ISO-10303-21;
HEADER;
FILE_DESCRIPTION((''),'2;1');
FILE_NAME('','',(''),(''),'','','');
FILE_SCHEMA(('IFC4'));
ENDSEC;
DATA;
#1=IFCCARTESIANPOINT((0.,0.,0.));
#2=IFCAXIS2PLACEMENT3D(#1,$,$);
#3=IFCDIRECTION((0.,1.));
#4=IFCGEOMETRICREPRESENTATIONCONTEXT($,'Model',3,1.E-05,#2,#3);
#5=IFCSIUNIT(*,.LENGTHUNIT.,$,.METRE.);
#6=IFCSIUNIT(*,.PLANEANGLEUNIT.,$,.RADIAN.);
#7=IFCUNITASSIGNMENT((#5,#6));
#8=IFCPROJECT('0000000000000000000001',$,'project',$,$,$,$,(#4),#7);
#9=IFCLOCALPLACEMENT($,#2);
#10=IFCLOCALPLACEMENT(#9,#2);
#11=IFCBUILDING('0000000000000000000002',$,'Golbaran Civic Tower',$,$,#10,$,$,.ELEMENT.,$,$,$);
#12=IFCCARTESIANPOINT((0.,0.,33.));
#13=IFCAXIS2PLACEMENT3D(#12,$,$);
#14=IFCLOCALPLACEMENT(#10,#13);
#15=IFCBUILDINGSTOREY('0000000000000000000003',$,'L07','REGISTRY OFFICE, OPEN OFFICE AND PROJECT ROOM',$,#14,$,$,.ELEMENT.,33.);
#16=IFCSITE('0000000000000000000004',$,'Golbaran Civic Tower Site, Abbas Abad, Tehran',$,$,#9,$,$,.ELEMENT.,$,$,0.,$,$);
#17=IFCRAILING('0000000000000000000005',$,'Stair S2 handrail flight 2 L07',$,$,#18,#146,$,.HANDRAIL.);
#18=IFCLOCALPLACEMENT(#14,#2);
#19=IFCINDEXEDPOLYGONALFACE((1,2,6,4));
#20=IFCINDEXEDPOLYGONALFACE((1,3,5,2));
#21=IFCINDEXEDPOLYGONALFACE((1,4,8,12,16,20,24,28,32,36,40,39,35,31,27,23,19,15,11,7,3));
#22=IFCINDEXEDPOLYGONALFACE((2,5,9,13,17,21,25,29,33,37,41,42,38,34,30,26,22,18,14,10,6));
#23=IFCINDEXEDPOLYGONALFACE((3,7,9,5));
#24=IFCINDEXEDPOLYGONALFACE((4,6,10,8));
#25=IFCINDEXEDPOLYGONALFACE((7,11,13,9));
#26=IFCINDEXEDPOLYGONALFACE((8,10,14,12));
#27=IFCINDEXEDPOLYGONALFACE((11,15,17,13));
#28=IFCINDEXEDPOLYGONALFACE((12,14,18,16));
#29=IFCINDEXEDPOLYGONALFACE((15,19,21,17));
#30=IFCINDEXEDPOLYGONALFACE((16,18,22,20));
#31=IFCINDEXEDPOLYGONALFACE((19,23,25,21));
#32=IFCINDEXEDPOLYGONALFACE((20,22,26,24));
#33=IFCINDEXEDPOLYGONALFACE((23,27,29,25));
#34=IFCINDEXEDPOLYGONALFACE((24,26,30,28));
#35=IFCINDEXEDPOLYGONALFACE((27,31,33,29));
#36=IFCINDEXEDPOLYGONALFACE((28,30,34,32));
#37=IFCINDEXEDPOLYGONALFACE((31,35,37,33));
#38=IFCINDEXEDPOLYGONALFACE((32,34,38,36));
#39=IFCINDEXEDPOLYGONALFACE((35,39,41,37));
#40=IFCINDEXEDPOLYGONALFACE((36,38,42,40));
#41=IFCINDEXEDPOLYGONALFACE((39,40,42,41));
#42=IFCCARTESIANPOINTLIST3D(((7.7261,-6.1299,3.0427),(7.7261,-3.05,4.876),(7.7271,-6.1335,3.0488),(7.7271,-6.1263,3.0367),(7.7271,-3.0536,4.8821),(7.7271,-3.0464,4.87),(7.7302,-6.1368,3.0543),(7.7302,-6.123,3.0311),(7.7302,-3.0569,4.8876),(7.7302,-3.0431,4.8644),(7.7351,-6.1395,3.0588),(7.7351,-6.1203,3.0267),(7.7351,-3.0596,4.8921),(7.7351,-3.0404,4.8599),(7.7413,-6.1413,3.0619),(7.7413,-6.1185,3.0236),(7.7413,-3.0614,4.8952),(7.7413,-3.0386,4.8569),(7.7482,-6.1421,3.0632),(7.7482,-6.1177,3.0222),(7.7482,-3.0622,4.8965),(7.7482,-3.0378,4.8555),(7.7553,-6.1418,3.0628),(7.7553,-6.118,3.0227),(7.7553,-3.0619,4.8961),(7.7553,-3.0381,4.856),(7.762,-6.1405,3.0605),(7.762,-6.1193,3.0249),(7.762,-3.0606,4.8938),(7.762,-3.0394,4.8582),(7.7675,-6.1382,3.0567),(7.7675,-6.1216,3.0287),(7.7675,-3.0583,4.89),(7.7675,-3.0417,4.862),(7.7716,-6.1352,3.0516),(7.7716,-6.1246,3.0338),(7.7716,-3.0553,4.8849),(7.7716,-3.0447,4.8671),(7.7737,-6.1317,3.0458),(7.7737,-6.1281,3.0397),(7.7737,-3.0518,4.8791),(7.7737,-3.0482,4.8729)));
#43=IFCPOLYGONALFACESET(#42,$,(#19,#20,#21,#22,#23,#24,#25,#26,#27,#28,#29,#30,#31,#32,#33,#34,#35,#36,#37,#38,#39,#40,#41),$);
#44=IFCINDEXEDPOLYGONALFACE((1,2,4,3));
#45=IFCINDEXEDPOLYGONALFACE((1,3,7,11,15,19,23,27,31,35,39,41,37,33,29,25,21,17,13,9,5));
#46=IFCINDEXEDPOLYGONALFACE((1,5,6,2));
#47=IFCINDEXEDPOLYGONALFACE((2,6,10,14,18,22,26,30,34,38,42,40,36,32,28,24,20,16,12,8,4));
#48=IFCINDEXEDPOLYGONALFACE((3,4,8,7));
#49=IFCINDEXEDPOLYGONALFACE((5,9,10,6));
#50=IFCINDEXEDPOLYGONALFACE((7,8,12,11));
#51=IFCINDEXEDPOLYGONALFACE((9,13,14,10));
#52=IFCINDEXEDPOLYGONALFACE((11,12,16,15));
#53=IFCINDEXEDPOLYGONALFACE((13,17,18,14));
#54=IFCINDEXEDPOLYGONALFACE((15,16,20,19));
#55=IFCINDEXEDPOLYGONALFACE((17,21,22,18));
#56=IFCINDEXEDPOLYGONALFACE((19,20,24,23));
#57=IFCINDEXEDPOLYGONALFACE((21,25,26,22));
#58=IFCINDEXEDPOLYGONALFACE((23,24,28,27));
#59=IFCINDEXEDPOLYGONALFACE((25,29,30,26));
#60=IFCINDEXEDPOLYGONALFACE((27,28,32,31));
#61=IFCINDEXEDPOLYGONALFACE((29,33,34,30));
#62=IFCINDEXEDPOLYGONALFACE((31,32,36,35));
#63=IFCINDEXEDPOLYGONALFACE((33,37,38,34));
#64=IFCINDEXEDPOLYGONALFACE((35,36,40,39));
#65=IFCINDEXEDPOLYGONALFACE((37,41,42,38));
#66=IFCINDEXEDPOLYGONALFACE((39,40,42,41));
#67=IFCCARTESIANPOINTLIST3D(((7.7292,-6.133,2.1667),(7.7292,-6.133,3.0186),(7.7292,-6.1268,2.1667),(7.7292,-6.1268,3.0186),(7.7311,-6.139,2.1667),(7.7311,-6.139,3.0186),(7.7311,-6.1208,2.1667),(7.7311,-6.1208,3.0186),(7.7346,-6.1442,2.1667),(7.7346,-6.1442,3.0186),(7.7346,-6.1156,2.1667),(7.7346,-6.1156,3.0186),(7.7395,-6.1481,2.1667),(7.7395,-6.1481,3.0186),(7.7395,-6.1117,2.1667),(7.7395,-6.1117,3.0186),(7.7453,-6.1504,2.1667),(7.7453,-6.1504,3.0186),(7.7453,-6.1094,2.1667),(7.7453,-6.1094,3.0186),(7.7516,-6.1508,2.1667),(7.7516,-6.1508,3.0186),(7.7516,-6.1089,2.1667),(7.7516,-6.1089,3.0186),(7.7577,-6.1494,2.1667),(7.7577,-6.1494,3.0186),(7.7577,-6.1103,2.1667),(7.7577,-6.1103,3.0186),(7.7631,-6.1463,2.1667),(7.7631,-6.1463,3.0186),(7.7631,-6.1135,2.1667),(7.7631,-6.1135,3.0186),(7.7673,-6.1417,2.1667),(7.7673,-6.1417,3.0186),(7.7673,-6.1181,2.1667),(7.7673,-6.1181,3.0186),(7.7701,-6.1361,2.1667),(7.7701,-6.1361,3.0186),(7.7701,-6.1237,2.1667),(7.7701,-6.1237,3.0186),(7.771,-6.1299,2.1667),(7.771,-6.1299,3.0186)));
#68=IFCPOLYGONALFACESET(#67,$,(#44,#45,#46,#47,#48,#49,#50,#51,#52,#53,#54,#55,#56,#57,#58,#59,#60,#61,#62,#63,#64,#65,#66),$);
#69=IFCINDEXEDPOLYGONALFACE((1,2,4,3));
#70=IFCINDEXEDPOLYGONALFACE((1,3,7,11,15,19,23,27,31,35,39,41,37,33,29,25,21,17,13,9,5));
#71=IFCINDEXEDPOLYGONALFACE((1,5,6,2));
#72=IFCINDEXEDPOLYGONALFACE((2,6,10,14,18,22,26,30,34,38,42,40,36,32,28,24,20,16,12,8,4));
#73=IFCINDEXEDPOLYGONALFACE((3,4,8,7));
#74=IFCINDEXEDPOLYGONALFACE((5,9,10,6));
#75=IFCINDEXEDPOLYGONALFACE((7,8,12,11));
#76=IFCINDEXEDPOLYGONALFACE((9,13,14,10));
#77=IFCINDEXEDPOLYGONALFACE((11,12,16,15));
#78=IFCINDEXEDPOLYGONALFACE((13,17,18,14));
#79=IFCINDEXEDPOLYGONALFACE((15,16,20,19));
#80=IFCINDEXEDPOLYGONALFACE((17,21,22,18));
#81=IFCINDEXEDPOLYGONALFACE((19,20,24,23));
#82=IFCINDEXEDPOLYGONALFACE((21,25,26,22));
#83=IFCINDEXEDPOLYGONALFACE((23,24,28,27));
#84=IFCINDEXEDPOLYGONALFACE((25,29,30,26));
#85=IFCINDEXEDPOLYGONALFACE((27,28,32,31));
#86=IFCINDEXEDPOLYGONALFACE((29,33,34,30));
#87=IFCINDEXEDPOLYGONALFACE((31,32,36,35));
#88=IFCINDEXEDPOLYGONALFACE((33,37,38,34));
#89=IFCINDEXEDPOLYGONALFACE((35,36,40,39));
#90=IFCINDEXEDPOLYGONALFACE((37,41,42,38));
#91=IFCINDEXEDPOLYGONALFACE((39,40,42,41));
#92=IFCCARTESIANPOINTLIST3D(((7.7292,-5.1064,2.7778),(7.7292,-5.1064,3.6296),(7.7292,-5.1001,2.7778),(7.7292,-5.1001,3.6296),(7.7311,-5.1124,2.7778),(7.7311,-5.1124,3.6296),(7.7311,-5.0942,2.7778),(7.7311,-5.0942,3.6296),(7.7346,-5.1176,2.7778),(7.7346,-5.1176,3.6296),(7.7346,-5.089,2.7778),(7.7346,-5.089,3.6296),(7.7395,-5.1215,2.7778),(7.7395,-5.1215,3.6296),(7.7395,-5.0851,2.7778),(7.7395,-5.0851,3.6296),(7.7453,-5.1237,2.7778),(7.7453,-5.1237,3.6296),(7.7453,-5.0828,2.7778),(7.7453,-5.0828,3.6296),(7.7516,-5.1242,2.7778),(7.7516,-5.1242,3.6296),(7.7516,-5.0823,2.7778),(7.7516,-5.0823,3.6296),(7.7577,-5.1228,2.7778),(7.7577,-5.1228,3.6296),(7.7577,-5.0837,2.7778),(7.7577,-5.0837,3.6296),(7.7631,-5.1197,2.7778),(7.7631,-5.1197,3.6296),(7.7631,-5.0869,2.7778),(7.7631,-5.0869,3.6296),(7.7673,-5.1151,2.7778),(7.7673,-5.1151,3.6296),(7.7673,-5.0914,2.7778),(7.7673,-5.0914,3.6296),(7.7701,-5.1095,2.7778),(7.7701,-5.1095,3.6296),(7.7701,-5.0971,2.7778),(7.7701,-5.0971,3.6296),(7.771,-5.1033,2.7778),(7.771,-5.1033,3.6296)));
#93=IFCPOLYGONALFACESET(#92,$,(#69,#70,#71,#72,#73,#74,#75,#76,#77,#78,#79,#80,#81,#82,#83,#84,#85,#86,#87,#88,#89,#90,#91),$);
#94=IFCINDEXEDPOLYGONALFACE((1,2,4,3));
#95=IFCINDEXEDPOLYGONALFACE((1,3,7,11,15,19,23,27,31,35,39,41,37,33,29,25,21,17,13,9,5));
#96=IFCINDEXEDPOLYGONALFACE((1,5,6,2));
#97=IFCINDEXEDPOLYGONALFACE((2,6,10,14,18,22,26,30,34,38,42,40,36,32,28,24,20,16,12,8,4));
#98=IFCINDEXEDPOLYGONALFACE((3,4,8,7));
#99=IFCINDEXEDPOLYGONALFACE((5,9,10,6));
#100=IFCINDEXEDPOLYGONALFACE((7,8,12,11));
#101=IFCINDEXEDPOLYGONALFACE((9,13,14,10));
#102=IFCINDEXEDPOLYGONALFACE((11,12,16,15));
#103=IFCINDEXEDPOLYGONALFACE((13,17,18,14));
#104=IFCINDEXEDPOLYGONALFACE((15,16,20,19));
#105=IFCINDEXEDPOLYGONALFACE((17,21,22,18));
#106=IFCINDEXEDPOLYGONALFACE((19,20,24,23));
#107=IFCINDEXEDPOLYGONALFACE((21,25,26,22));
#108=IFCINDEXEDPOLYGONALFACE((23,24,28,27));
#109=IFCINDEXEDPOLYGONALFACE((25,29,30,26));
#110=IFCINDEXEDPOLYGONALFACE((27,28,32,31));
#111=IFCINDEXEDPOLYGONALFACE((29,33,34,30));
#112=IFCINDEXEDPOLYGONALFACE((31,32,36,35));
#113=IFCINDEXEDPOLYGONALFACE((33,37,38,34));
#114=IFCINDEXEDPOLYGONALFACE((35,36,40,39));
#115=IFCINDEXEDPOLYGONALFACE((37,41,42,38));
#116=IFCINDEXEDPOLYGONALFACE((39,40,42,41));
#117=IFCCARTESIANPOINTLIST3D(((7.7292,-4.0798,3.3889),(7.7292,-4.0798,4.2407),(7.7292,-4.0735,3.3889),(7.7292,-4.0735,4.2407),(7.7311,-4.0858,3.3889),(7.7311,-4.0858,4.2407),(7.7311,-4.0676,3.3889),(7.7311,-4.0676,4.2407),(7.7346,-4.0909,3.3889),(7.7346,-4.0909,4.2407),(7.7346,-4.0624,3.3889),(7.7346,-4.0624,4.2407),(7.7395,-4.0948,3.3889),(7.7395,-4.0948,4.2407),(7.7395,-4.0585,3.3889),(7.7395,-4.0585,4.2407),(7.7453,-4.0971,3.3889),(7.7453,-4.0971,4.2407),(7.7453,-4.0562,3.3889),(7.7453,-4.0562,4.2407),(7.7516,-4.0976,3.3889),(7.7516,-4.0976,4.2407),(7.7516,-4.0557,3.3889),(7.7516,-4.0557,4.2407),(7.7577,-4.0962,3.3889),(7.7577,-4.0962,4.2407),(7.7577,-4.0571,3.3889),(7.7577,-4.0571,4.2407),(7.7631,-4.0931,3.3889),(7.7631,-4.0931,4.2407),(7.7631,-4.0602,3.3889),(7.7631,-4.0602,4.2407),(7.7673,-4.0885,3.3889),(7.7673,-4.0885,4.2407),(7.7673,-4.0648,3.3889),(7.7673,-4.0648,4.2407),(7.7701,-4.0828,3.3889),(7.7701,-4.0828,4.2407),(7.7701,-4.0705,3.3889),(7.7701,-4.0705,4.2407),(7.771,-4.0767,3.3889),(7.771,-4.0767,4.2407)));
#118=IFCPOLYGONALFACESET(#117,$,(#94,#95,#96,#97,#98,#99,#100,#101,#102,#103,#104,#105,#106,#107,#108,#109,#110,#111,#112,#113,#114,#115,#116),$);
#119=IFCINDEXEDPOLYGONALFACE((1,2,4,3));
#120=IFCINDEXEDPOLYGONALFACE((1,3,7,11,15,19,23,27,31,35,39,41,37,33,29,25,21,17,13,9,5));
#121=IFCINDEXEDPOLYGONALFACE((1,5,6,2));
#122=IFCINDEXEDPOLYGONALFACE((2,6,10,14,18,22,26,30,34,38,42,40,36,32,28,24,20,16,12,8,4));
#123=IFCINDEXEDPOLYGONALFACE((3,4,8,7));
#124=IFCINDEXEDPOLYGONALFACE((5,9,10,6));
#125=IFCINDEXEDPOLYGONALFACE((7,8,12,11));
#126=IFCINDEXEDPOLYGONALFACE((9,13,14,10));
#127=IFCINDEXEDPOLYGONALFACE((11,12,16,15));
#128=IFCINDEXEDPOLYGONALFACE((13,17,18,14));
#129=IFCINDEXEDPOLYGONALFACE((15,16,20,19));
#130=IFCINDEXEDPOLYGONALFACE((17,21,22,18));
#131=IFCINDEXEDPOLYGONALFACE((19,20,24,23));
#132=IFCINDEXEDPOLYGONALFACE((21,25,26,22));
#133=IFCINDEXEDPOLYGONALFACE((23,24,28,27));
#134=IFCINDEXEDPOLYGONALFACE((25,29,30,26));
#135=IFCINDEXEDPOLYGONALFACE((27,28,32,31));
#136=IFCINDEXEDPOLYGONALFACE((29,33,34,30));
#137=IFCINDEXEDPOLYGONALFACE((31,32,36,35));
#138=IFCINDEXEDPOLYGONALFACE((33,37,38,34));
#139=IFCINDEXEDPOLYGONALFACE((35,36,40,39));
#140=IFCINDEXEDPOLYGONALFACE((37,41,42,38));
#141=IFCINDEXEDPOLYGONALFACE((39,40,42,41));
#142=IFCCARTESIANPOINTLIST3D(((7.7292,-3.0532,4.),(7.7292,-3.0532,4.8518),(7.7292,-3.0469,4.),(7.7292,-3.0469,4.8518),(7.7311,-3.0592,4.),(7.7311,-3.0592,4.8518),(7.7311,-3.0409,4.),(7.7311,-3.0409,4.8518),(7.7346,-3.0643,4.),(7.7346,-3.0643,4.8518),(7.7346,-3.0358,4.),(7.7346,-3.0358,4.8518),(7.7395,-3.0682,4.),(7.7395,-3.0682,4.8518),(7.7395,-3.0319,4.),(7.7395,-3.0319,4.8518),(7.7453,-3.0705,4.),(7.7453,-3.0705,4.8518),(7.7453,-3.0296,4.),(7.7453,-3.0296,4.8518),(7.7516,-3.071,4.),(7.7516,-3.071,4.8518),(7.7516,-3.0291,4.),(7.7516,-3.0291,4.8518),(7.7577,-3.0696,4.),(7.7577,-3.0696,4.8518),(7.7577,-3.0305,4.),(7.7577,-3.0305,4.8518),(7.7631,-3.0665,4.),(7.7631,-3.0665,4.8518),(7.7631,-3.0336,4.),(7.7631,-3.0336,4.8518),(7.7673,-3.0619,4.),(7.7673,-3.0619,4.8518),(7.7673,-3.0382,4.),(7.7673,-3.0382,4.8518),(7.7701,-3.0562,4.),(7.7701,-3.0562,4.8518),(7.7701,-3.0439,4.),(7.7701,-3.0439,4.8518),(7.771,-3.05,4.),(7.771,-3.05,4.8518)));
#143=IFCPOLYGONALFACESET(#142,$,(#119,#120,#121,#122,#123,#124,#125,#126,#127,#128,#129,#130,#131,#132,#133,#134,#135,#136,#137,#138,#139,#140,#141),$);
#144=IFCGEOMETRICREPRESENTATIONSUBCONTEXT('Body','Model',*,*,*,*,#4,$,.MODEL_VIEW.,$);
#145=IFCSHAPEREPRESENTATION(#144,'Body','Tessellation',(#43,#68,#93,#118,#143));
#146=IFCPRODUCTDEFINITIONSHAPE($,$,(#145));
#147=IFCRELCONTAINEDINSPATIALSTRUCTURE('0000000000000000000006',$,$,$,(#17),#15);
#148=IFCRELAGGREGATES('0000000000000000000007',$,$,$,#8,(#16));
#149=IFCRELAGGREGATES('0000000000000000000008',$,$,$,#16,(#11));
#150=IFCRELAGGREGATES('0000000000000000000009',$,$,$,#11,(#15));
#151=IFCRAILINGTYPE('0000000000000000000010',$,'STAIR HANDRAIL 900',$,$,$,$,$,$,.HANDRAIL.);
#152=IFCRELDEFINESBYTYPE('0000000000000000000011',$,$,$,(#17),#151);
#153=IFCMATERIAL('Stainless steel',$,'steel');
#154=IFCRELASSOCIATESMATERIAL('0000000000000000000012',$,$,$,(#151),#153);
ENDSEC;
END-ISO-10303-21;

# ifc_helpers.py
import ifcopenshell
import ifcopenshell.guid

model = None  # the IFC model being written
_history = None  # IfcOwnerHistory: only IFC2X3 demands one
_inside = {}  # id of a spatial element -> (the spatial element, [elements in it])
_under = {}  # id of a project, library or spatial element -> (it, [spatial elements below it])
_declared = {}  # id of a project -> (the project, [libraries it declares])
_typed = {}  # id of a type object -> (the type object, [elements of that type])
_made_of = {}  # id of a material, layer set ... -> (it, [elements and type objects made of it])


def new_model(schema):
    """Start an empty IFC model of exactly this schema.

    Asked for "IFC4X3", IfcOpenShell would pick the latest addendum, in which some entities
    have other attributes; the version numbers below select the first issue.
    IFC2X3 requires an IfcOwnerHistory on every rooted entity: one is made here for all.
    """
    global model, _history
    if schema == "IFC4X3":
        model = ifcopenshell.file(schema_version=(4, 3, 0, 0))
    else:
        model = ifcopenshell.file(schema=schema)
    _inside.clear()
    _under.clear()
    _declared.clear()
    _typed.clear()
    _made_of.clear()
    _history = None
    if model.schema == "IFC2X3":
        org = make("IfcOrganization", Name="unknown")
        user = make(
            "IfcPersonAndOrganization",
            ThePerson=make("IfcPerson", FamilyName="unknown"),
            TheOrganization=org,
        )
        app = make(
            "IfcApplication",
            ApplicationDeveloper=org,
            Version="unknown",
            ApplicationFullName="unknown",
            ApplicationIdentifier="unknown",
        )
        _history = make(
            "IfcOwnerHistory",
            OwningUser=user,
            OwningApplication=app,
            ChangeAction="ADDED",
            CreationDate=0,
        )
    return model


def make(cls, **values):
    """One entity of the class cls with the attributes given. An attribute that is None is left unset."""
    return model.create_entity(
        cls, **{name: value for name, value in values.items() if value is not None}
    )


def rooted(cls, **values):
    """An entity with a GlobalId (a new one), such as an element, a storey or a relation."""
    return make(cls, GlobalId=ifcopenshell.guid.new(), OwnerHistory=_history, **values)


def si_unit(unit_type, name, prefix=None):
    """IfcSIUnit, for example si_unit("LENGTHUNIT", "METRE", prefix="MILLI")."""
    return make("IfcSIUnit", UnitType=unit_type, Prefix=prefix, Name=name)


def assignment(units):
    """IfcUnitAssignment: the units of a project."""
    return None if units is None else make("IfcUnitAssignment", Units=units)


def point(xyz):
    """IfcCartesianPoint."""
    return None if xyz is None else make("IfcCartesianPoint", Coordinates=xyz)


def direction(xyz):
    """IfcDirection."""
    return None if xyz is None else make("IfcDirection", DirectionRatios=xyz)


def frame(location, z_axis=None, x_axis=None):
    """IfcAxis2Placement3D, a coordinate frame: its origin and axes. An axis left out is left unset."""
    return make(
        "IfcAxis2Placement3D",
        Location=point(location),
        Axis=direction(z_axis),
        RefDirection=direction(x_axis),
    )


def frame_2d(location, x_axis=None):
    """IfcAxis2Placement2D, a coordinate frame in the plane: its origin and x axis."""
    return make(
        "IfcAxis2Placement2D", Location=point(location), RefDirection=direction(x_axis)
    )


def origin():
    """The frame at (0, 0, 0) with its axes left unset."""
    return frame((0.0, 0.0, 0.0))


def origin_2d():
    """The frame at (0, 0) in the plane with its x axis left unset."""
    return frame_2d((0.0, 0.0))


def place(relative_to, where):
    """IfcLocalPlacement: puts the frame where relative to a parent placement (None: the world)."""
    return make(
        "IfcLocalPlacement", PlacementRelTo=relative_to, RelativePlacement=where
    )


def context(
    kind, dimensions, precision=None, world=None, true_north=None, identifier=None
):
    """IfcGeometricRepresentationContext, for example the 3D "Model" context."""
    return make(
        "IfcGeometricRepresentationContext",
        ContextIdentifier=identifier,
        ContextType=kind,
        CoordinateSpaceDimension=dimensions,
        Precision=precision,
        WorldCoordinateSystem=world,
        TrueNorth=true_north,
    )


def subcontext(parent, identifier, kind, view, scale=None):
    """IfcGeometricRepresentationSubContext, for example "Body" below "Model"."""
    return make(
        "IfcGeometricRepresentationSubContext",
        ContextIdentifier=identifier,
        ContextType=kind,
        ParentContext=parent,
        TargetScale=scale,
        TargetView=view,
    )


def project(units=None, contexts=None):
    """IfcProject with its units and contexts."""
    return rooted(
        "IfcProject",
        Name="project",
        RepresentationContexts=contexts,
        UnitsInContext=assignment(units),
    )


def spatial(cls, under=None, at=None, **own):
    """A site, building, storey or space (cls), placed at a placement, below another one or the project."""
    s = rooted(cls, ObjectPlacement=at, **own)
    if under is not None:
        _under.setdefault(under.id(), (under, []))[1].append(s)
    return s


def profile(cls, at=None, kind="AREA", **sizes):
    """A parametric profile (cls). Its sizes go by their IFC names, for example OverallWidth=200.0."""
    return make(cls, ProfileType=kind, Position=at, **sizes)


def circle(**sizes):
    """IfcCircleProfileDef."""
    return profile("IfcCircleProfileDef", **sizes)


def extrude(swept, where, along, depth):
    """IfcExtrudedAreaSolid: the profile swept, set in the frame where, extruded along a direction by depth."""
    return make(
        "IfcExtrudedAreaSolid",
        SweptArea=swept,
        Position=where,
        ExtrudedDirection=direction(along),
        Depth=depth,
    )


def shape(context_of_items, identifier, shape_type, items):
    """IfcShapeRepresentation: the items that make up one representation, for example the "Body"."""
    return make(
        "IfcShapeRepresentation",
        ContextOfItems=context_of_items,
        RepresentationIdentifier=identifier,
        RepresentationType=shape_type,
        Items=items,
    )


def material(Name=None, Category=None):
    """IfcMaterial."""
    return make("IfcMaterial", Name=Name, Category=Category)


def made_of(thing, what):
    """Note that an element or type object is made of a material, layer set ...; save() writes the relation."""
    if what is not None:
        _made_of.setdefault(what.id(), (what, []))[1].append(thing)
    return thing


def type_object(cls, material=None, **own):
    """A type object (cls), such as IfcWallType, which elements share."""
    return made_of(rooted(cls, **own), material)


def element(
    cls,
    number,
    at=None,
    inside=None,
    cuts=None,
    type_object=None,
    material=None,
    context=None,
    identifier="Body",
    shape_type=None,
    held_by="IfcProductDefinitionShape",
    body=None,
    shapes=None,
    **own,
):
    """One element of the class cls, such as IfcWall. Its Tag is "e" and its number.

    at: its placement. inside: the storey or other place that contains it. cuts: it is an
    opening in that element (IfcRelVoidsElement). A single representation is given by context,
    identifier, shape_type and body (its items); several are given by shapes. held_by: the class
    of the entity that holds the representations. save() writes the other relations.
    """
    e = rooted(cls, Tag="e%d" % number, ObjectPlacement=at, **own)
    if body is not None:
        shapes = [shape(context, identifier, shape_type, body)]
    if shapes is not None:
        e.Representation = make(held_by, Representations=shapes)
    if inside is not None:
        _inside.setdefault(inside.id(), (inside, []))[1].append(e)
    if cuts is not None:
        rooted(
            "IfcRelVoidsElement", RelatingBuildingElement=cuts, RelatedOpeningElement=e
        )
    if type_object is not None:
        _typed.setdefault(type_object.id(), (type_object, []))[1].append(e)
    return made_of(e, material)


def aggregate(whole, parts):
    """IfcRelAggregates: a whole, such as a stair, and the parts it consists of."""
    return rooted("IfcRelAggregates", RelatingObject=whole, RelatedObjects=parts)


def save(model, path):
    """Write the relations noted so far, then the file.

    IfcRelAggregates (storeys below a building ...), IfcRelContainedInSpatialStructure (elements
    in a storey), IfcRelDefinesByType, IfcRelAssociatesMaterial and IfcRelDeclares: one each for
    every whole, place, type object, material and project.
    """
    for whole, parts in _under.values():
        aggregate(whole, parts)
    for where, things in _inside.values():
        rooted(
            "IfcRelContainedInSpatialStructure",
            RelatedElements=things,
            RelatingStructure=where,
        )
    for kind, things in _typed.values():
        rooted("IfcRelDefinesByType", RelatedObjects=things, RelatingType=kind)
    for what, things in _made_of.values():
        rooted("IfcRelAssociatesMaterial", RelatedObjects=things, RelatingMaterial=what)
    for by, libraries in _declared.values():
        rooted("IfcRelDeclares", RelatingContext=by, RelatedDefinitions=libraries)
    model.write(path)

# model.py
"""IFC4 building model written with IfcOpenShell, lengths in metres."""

from ifc_helpers import new_model, si_unit, direction, frame, origin, origin_2d, place, context, subcontext, project, spatial, circle, extrude, material, type_object, element, save


model = new_model("IFC4")

# Units and contexts
model_context = context("Model", 3, precision=1e-05, world=origin(), true_north=direction((0.0, 1.0)))
body_context = subcontext(model_context, "Body", "Model", "MODEL_VIEW")
ifc_project = project(units=[si_unit("LENGTHUNIT", "METRE"), si_unit("PLANEANGLEUNIT", "RADIAN")], contexts=[model_context])

# Site, building, storey
site_placement = place(None, origin())
site = spatial("IfcSite", under=ifc_project, at=site_placement, Name="Golbaran Civic Tower Site, Abbas Abad, Tehran", CompositionType="ELEMENT", RefElevation=0.0)
building_placement = place(site_placement, origin())
building = spatial("IfcBuilding", under=site, at=building_placement, Name="Golbaran Civic Tower", CompositionType="ELEMENT")
storey_placement = place(building_placement, frame((0.0, 0.0, 33.0)))
storey = spatial("IfcBuildingStorey", under=building, at=storey_placement, Name="L07", Description="REGISTRY OFFICE, OPEN OFFICE AND PROJECT ROOM", CompositionType="ELEMENT", Elevation=33.0)

# Shared definitions
ifc_material_1 = material(Name="Stainless steel", Category="steel")

# Railing
railing_type = type_object("IfcRailingType", Name="STAIR HANDRAIL 900", PredefinedType="HANDRAIL", material=ifc_material_1)
railing_1_placement = place(storey_placement, frame((7.75, -6.1299, 2.1667)))
element("IfcRailing", 1, at=railing_1_placement, inside=storey, type_object=railing_type, Name="Stair S2 handrail flight 2 L07", PredefinedType="HANDRAIL", context=body_context, shape_type="SweptSolid", body=[
    extrude(circle(Radius=0.0239, at=origin_2d()), frame((0.0, 0.0, 0.876), z_axis=(0.0, 0.859291, 0.511487), x_axis=(-1.0, 0.0, 0.0)), (0.0, 0.0, 1.0), 3.5842),
    extrude(circle(Radius=0.021, at=origin_2d()), origin(), (0.0, 0.0, 1.0), 0.8518),
    extrude(circle(Radius=0.021, at=origin_2d()), frame((0.0, 1.0266, 0.6111)), (0.0, 0.0, 1.0), 0.8518),
    extrude(circle(Radius=0.021, at=origin_2d()), frame((0.0, 2.0532, 1.2222)), (0.0, 0.0, 1.0), 0.8518),
    extrude(circle(Radius=0.021, at=origin_2d()), frame((0.0, 3.0798, 1.8333)), (0.0, 0.0, 1.0), 0.8518),
])

save(model, "model.ifc")
